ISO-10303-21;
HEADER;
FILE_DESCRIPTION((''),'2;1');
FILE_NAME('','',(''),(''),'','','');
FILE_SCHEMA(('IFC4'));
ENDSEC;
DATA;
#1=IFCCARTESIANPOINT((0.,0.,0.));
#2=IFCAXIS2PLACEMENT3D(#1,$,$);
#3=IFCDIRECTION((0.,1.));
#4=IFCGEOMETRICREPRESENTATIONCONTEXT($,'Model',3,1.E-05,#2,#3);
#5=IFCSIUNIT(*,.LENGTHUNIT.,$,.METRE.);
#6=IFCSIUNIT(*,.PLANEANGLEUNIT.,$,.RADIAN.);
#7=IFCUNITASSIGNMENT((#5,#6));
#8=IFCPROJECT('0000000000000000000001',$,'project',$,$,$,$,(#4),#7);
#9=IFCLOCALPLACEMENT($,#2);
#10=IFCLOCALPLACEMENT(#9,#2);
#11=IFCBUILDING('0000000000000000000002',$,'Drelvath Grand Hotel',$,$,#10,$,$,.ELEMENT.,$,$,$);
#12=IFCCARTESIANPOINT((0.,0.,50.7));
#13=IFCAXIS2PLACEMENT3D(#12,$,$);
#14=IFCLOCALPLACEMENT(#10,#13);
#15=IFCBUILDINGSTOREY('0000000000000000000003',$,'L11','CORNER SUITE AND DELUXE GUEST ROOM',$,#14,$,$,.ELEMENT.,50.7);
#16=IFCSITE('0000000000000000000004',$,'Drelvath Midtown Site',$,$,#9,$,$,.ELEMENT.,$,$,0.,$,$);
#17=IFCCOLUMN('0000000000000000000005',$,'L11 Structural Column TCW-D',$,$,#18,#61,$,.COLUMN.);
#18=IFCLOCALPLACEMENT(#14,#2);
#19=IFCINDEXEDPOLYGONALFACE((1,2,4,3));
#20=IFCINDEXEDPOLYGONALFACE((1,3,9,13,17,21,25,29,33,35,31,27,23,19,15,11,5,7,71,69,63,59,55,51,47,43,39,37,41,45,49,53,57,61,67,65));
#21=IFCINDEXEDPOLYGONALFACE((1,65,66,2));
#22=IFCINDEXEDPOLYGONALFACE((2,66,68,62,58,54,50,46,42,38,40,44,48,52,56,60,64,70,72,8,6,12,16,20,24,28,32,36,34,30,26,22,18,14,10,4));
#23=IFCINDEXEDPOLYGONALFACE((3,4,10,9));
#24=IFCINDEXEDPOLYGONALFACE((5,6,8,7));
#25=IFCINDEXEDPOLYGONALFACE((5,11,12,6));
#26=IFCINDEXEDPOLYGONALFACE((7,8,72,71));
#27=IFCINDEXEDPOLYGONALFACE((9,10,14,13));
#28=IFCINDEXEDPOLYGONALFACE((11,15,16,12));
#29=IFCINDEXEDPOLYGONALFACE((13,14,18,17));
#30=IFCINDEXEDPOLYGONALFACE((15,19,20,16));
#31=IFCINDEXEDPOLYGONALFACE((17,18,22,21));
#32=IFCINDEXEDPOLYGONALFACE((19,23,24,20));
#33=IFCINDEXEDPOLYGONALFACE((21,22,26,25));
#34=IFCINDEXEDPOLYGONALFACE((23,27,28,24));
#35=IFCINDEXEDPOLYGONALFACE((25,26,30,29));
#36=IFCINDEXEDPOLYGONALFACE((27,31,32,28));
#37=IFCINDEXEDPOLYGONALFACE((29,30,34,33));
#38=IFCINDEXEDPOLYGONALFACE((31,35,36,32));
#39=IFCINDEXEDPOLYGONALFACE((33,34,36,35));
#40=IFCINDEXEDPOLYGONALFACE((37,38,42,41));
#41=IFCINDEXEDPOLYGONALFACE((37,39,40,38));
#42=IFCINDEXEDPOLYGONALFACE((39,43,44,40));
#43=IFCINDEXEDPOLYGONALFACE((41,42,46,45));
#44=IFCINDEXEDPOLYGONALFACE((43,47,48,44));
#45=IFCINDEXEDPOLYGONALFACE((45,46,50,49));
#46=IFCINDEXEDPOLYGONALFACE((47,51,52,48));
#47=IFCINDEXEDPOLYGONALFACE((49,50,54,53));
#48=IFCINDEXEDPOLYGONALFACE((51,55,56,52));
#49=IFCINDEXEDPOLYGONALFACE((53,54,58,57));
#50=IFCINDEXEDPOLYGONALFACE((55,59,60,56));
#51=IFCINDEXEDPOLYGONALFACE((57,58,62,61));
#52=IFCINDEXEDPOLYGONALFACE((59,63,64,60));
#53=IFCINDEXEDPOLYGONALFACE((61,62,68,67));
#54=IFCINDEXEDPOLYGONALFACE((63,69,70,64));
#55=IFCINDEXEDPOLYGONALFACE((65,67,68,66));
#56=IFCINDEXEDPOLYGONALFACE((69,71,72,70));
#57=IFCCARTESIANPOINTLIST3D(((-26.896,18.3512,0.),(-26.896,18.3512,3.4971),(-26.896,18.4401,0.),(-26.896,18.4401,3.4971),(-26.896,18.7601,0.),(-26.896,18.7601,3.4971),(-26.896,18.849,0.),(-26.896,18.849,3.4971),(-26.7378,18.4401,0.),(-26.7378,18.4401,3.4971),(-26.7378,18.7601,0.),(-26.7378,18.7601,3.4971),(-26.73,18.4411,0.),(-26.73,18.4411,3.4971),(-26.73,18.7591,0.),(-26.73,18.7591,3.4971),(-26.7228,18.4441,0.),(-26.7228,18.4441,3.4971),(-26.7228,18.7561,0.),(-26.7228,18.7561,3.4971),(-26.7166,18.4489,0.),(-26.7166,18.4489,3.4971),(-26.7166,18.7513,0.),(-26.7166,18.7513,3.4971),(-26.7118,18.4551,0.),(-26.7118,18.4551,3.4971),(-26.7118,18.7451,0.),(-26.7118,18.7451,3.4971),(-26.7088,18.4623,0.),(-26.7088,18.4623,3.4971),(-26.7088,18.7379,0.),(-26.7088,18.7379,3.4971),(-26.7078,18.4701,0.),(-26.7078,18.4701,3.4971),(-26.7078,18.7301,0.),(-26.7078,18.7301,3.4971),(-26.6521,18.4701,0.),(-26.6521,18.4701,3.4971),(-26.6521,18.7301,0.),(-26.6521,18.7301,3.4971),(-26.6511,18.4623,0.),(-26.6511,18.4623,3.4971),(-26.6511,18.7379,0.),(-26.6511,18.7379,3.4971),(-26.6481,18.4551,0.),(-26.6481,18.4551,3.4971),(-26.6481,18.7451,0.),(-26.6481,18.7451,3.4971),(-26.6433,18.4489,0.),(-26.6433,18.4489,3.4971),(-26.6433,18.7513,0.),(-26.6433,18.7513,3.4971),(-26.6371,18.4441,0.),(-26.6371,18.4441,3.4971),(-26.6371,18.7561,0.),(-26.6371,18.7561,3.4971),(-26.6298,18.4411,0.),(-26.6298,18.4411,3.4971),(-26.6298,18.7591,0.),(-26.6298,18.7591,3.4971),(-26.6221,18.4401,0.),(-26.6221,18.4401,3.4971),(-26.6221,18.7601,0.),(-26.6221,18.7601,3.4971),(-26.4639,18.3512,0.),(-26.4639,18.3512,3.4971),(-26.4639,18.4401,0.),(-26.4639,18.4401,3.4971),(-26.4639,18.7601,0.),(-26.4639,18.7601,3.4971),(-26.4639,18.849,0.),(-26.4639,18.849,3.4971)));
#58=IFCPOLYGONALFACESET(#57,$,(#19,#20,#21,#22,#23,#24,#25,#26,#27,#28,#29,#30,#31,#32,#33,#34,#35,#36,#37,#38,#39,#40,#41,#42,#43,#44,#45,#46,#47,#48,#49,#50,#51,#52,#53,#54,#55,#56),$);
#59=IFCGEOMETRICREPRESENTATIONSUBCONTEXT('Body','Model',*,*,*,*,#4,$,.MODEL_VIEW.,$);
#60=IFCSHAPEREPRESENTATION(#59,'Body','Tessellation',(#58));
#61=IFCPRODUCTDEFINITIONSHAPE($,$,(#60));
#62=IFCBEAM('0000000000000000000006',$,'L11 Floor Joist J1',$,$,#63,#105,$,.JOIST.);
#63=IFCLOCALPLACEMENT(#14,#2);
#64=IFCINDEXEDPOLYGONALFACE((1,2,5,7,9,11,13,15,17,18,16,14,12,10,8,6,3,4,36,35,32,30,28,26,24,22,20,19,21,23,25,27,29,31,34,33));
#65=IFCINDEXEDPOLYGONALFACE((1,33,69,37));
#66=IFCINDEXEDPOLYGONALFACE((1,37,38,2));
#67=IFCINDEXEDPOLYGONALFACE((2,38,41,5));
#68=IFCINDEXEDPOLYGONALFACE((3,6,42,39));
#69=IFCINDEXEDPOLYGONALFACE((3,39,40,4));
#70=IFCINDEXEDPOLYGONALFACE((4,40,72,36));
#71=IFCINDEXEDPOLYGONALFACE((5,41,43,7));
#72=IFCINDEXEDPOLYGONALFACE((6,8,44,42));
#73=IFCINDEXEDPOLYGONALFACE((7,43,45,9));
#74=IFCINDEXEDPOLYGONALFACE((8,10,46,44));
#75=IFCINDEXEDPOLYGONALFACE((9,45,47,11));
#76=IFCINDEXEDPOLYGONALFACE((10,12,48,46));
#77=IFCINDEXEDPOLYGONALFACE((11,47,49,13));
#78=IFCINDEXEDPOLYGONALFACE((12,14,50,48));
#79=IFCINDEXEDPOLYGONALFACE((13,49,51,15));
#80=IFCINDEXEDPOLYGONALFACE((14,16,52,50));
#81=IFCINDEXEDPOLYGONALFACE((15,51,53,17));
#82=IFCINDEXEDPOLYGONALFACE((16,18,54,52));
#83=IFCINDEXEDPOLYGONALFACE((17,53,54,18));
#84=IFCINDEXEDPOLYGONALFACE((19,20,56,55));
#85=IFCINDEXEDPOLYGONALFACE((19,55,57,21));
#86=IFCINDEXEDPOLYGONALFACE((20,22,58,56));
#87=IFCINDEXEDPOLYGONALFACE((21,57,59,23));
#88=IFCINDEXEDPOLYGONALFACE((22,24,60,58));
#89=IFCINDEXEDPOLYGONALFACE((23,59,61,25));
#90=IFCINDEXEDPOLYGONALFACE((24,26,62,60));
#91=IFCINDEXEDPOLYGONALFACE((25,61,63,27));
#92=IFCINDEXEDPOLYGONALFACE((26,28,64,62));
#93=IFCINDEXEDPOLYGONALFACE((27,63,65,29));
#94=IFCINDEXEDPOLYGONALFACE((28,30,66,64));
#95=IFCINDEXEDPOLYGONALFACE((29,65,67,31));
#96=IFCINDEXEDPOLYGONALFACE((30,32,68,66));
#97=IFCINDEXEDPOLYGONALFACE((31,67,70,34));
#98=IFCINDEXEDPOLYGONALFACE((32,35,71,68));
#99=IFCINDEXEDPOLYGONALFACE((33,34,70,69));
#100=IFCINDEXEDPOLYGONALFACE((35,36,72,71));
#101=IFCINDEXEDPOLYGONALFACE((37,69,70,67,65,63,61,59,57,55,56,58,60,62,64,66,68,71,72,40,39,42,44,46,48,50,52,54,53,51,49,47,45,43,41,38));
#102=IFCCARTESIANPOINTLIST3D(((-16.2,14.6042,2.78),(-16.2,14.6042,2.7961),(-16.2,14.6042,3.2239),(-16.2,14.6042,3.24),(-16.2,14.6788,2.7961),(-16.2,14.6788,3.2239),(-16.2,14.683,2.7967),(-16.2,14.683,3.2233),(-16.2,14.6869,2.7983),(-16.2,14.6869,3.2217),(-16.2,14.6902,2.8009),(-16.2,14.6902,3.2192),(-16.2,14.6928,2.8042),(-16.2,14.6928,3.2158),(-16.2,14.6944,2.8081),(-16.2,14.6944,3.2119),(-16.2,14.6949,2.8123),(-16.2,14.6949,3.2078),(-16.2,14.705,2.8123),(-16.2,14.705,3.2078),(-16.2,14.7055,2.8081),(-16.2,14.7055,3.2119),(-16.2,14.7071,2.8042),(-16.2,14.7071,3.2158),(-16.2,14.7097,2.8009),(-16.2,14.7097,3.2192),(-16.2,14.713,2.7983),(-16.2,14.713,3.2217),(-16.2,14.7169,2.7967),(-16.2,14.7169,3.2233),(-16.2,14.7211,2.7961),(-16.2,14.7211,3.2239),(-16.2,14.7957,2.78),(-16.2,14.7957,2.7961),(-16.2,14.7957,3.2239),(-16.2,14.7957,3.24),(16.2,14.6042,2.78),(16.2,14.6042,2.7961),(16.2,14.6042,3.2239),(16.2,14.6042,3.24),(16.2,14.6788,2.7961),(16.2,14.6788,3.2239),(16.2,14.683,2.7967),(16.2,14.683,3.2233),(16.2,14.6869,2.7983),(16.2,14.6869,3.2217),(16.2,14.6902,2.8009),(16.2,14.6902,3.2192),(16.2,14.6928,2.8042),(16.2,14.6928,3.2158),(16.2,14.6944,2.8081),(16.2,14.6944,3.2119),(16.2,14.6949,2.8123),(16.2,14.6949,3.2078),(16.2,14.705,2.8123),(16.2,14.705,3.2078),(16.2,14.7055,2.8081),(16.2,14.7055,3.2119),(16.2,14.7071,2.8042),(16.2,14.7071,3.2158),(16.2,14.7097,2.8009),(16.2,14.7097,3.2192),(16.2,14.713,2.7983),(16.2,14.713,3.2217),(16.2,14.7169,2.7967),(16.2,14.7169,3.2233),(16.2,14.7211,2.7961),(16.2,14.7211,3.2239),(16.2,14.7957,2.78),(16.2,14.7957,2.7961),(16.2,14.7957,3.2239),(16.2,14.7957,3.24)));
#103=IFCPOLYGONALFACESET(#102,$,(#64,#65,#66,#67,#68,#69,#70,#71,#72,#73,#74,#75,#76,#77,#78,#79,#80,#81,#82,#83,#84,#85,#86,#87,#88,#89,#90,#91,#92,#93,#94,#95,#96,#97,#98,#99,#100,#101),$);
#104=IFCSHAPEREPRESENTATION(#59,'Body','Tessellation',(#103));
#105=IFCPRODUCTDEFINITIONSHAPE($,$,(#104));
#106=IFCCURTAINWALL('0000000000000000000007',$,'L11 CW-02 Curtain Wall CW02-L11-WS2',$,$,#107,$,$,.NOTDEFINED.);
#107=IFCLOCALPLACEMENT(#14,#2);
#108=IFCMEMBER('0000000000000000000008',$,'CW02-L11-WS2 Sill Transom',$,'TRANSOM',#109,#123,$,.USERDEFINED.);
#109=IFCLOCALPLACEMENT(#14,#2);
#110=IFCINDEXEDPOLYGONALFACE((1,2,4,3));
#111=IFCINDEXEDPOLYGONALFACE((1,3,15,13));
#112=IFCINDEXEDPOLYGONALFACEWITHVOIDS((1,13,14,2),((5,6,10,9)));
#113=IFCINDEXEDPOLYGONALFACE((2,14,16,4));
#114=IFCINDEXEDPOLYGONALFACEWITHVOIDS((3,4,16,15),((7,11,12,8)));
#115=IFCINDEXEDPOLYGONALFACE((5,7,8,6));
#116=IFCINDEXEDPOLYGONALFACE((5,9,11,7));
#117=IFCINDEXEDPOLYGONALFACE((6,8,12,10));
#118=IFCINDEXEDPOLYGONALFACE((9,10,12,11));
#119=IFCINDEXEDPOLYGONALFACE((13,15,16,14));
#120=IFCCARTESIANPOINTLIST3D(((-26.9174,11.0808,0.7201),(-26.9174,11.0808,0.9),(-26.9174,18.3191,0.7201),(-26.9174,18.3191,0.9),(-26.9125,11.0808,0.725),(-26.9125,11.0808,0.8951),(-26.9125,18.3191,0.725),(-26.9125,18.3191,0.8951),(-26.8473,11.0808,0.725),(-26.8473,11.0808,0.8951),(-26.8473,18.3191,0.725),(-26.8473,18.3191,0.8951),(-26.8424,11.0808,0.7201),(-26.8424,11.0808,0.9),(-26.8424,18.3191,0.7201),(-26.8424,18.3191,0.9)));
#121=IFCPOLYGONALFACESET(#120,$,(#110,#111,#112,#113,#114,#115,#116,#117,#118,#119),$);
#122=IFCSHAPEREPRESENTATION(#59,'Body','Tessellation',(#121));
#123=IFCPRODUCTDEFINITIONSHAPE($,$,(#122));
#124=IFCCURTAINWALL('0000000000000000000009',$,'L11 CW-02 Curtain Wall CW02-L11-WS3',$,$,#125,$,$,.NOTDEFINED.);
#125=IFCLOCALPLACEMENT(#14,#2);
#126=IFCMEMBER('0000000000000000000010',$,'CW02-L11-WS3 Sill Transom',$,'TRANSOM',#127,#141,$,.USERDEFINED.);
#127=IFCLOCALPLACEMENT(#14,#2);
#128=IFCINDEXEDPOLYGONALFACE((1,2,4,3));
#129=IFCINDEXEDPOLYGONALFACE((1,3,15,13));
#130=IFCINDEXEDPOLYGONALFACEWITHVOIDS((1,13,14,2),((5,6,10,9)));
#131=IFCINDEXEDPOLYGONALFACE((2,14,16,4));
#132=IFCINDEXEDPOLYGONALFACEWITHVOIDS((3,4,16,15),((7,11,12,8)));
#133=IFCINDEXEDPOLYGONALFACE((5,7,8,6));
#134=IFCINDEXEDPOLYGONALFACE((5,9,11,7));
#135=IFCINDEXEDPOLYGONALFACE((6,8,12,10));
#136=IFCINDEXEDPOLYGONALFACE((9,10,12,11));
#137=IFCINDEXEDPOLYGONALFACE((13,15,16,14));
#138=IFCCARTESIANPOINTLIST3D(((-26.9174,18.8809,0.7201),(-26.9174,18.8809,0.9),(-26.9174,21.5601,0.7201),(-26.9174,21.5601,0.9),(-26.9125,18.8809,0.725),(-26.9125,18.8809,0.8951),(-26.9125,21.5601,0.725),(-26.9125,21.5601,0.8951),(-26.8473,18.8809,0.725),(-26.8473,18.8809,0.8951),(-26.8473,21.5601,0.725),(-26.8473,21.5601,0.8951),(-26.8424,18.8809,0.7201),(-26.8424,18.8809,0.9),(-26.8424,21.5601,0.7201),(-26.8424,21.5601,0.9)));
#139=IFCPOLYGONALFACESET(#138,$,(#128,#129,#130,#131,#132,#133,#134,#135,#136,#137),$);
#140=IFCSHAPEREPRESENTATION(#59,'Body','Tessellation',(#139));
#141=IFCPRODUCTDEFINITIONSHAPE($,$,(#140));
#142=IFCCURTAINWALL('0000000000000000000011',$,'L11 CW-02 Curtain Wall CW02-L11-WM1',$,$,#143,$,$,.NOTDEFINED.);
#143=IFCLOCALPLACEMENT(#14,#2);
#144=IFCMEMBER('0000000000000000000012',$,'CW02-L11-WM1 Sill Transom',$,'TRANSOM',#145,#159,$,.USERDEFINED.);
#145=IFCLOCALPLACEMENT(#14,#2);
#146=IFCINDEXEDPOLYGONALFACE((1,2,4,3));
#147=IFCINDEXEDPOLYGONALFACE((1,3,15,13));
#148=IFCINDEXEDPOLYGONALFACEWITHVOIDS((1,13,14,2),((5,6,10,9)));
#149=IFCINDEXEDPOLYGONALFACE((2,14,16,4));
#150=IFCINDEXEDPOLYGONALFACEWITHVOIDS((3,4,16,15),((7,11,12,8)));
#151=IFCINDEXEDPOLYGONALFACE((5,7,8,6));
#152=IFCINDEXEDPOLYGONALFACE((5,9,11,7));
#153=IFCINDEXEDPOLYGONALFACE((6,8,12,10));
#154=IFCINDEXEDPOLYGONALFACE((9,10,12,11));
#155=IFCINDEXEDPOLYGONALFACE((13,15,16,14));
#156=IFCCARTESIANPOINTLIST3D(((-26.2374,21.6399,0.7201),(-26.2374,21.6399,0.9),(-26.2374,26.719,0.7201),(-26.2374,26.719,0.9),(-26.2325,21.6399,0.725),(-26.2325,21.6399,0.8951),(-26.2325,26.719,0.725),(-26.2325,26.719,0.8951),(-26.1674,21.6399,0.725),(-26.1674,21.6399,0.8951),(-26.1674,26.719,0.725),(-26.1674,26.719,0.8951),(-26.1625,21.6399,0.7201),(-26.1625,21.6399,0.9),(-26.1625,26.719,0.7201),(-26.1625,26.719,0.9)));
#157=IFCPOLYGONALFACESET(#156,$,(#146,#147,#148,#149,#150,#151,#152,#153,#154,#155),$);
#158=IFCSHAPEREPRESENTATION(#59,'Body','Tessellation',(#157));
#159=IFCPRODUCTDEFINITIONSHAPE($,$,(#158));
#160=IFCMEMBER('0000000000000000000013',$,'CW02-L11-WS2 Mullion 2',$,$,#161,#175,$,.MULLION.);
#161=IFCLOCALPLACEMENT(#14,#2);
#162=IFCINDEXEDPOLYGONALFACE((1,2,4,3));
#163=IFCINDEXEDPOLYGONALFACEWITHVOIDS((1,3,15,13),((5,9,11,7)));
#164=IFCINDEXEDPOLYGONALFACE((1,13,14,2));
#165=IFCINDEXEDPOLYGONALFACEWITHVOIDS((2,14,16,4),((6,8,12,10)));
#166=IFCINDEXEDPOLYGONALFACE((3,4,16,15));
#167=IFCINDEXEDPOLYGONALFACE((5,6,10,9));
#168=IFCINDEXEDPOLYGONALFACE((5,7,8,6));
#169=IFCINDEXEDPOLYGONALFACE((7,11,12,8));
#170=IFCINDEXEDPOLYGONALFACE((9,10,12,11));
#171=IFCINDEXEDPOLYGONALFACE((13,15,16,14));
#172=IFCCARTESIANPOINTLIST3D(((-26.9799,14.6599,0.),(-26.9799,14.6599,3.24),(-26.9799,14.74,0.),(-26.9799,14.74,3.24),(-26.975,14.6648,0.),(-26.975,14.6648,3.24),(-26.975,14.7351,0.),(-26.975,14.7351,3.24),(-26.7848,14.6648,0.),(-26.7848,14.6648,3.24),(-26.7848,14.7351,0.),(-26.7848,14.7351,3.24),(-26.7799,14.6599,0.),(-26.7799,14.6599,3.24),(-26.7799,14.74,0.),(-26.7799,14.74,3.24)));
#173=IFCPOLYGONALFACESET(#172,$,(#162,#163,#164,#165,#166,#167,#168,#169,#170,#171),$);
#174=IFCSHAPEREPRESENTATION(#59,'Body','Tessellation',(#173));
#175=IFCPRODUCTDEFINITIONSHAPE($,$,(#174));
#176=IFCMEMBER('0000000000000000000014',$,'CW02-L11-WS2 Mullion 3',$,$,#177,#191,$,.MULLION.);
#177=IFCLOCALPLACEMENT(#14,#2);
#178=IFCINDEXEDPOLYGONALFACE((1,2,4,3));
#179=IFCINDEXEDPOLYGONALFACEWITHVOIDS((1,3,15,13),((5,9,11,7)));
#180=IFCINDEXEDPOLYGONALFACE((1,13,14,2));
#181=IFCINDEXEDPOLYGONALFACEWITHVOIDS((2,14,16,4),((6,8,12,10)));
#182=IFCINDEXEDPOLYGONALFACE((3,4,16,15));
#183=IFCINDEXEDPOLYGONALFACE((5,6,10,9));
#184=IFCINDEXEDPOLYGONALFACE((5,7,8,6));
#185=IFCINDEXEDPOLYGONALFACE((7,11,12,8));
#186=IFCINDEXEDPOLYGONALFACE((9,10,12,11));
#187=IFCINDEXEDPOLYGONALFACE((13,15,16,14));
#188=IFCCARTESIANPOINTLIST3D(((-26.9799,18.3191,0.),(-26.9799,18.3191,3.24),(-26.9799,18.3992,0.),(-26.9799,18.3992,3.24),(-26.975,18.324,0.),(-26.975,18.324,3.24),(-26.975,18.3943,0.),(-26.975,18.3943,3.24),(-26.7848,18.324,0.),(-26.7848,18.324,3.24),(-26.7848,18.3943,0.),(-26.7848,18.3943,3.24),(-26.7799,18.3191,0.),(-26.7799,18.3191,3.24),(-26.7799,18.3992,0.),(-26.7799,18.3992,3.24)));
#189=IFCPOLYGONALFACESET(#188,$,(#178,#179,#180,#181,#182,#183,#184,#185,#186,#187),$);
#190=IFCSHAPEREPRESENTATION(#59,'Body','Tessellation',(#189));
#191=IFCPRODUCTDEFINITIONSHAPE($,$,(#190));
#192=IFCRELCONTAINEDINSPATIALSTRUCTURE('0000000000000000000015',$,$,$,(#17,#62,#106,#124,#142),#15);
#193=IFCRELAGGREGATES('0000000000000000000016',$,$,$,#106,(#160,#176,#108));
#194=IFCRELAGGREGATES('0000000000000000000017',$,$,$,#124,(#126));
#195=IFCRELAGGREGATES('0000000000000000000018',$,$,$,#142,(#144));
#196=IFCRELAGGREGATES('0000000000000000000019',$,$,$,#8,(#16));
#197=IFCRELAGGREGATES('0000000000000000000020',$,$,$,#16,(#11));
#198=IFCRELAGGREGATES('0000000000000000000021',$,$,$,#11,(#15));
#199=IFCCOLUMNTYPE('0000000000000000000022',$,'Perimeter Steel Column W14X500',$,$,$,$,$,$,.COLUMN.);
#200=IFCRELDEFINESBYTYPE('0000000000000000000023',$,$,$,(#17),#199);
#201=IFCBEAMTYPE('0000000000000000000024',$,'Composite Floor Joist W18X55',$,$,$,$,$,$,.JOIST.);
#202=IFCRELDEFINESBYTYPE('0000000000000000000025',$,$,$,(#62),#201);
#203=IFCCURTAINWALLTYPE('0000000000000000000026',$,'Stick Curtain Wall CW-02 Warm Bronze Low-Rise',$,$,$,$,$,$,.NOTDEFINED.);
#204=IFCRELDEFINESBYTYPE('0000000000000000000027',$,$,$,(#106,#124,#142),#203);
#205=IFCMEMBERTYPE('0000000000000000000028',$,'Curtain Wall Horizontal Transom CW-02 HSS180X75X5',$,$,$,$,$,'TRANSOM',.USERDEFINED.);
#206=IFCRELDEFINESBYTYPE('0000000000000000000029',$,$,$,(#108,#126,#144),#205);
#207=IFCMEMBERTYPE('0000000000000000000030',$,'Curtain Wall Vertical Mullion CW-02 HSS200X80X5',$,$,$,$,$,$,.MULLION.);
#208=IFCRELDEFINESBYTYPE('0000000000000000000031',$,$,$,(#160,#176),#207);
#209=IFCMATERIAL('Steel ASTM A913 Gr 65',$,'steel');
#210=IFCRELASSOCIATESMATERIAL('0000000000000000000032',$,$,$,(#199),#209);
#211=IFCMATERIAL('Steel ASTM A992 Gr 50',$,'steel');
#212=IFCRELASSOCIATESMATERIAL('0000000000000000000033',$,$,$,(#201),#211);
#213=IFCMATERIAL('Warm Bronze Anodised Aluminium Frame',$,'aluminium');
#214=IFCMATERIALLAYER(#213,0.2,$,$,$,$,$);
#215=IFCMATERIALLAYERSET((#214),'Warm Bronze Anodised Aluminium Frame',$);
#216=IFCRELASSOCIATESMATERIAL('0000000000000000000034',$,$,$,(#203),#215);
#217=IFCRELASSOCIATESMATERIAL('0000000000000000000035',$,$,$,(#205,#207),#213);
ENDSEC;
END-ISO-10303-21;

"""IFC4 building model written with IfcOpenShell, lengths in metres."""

from ifc_helpers import new_model, si_unit, direction, frame, origin, origin_2d, place, context, subcontext, project, spatial, hollow_rectangle, i_section, extrude, material, layer, layer_set, material_profile, profile_set, type_object, element, aggregate, save


model = new_model("IFC4")

# Units and contexts
model_context = context("Model", 3, precision=1e-05, world=origin(), true_north=direction((0.0, 1.0)))
body_context = subcontext(model_context, "Body", "Model", "MODEL_VIEW")
ifc_project = project(units=[si_unit("LENGTHUNIT", "METRE"), si_unit("PLANEANGLEUNIT", "RADIAN")], contexts=[model_context])

# Site, building, storey
site_placement = place(None, origin())
site = spatial("IfcSite", under=ifc_project, at=site_placement, Name="Drelvath Midtown Site", CompositionType="ELEMENT", RefElevation=0.0)
building_placement = place(site_placement, origin())
building = spatial("IfcBuilding", under=site, at=building_placement, Name="Drelvath Grand Hotel", CompositionType="ELEMENT")
storey_placement = place(building_placement, frame((0.0, 0.0, 50.7)))
storey = spatial("IfcBuildingStorey", under=building, at=storey_placement, Name="L11", Description="CORNER SUITE AND DELUXE GUEST ROOM", CompositionType="ELEMENT", Elevation=50.7)

# Column
ifc_material_1 = material(Name="Steel ASTM A913 Gr 65", Category="steel")
ifc_material_profile_1 = material_profile(ifc_material_1, i_section(OverallWidth=0.4321, OverallDepth=0.4978, WebThickness=0.0557, FlangeThickness=0.0889, FilletRadius=0.03, at=origin_2d()), Name="W14X500")
ifc_profile_set_1 = profile_set([ifc_material_profile_1], Name="Steel ASTM A913 Gr 65")
column_type = type_object("IfcColumnType", Name="Perimeter Steel Column W14X500", PredefinedType="COLUMN", material=ifc_profile_set_1)
column_placement = place(storey_placement, frame((-26.6799, 18.6001, 0.0), z_axis=(0.0, 0.0, 1.0), x_axis=(1.0, 0.0, 0.0)))
element("IfcColumn", 1, at=column_placement, inside=storey, type_object=column_type, Name="L11 Structural Column TCW-D", PredefinedType="COLUMN", context=body_context, shape_type="SweptSolid", body=[
    extrude(i_section(OverallWidth=0.4321, OverallDepth=0.4978, WebThickness=0.0557, FlangeThickness=0.0889, FilletRadius=0.03, at=origin_2d()), origin(), (0.0, 0.0, 1.0), 3.4971),
])

# Beam
ifc_material_2 = material(Name="Steel ASTM A992 Gr 50", Category="steel")
ifc_material_profile_2 = material_profile(ifc_material_2, i_section(OverallWidth=0.1914, OverallDepth=0.46, WebThickness=0.01, FlangeThickness=0.0161, FilletRadius=0.0161, at=origin_2d()), Name="W18X55")
ifc_profile_set_2 = profile_set([ifc_material_profile_2], Name="Steel ASTM A992 Gr 50")
beam_type_1 = type_object("IfcBeamType", Name="Composite Floor Joist W18X55", PredefinedType="JOIST", material=ifc_profile_set_2)
beam_1_placement = place(storey_placement, frame((-16.2, 14.7, 3.01), z_axis=(1.0, 0.0, 0.0), x_axis=(0.0, 1.0, 0.0)))
element("IfcBeam", 2, at=beam_1_placement, inside=storey, type_object=beam_type_1, Name="L11 Floor Joist J1", PredefinedType="JOIST", context=body_context, shape_type="SweptSolid", body=[
    extrude(i_section(OverallWidth=0.1914, OverallDepth=0.46, WebThickness=0.01, FlangeThickness=0.0161, FilletRadius=0.0161, at=origin_2d()), origin(), (0.0, 0.0, 1.0), 32.3999),
])

# Curtain walls, members
ifc_material_3 = material(Name="Warm Bronze Anodised Aluminium Frame", Category="aluminium")
ifc_layer_1 = layer(ifc_material_3, 0.2)
ifc_layer_set_1 = layer_set([ifc_layer_1], Name="Warm Bronze Anodised Aluminium Frame")
curtain_wall_type = type_object("IfcCurtainWallType", Name="Stick Curtain Wall CW-02 Warm Bronze Low-Rise", PredefinedType="NOTDEFINED", material=ifc_layer_set_1)
curtain_wall_1_placement = place(storey_placement, origin())
curtain_wall_1 = element("IfcCurtainWall", 3, at=curtain_wall_1_placement, inside=storey, type_object=curtain_wall_type, Name="L11 CW-02 Curtain Wall CW02-L11-WS2", PredefinedType="NOTDEFINED")
ifc_material_profile_3 = material_profile(ifc_material_3, hollow_rectangle(XDim=0.075, YDim=0.1799, WallThickness=0.0049, at=origin_2d()), Name="HSS180X75X5")
ifc_profile_set_3 = profile_set([ifc_material_profile_3], Name="Warm Bronze Anodised Aluminium Frame")
member_type_1 = type_object("IfcMemberType", Name="Curtain Wall Horizontal Transom CW-02 HSS180X75X5", ElementType="TRANSOM", PredefinedType="USERDEFINED", material=ifc_profile_set_3)
member_1_placement = place(storey_placement, frame((-26.8799, 11.0808, 0.8101), z_axis=(0.0, 1.0, 0.0), x_axis=(-1.0, 0.0, 0.0)))
member_1 = element("IfcMember", 4, at=member_1_placement, type_object=member_type_1, Name="CW02-L11-WS2 Sill Transom", ObjectType="TRANSOM", PredefinedType="USERDEFINED", context=body_context, shape_type="SweptSolid", body=[
    extrude(hollow_rectangle(XDim=0.075, YDim=0.1799, WallThickness=0.0049, at=origin_2d()), origin(), (0.0, 0.0, 1.0), 7.2383),
])
curtain_wall_2_placement = place(storey_placement, origin())
curtain_wall_2 = element("IfcCurtainWall", 5, at=curtain_wall_2_placement, inside=storey, type_object=curtain_wall_type, Name="L11 CW-02 Curtain Wall CW02-L11-WS3", PredefinedType="NOTDEFINED")
member_2_placement = place(storey_placement, frame((-26.8799, 18.8809, 0.8101), z_axis=(0.0, 1.0, 0.0), x_axis=(-1.0, 0.0, 0.0)))
member_2 = element("IfcMember", 6, at=member_2_placement, type_object=member_type_1, Name="CW02-L11-WS3 Sill Transom", ObjectType="TRANSOM", PredefinedType="USERDEFINED", context=body_context, shape_type="SweptSolid", body=[
    extrude(hollow_rectangle(XDim=0.075, YDim=0.1799, WallThickness=0.0049, at=origin_2d()), origin(), (0.0, 0.0, 1.0), 2.6792),
])
curtain_wall_3_placement = place(storey_placement, origin())
curtain_wall_3 = element("IfcCurtainWall", 7, at=curtain_wall_3_placement, inside=storey, type_object=curtain_wall_type, Name="L11 CW-02 Curtain Wall CW02-L11-WM1", PredefinedType="NOTDEFINED")
member_3_placement = place(storey_placement, frame((-26.2, 21.6399, 0.8101), z_axis=(0.0, 1.0, 0.0), x_axis=(-1.0, 0.0, 0.0)))
member_3 = element("IfcMember", 8, at=member_3_placement, type_object=member_type_1, Name="CW02-L11-WM1 Sill Transom", ObjectType="TRANSOM", PredefinedType="USERDEFINED", context=body_context, shape_type="SweptSolid", body=[
    extrude(hollow_rectangle(XDim=0.075, YDim=0.1799, WallThickness=0.0049, at=origin_2d()), origin(), (0.0, 0.0, 1.0), 5.0791),
])

# Members
ifc_material_profile_4 = material_profile(ifc_material_3, hollow_rectangle(XDim=0.0801, YDim=0.2, WallThickness=0.0049, at=origin_2d()), Name="HSS200X80X5")
ifc_profile_set_4 = profile_set([ifc_material_profile_4], Name="Warm Bronze Anodised Aluminium Frame")
member_type_2 = type_object("IfcMemberType", Name="Curtain Wall Vertical Mullion CW-02 HSS200X80X5", PredefinedType="MULLION", material=ifc_profile_set_4)
member_4_placement = place(storey_placement, frame((-26.8799, 14.7, 0.0), z_axis=(0.0, 0.0, 1.0), x_axis=(0.0, 1.0, 0.0)))
member_4 = element("IfcMember", 9, at=member_4_placement, type_object=member_type_2, Name="CW02-L11-WS2 Mullion 2", PredefinedType="MULLION", context=body_context, shape_type="SweptSolid", body=[
    extrude(hollow_rectangle(XDim=0.0801, YDim=0.2, WallThickness=0.0049, at=origin_2d()), origin(), (0.0, 0.0, 1.0), 3.24),
])
member_5_placement = place(storey_placement, frame((-26.8799, 18.3591, 0.0), z_axis=(0.0, 0.0, 1.0), x_axis=(0.0, 1.0, 0.0)))
member_5 = element("IfcMember", 10, at=member_5_placement, type_object=member_type_2, Name="CW02-L11-WS2 Mullion 3", PredefinedType="MULLION", context=body_context, shape_type="SweptSolid", body=[
    extrude(hollow_rectangle(XDim=0.0801, YDim=0.2, WallThickness=0.0049, at=origin_2d()), origin(), (0.0, 0.0, 1.0), 3.24),
])

aggregate(curtain_wall_1, [member_4, member_5, member_1])
aggregate(curtain_wall_2, [member_2])
aggregate(curtain_wall_3, [member_3])

save(model, "model.ifc")
